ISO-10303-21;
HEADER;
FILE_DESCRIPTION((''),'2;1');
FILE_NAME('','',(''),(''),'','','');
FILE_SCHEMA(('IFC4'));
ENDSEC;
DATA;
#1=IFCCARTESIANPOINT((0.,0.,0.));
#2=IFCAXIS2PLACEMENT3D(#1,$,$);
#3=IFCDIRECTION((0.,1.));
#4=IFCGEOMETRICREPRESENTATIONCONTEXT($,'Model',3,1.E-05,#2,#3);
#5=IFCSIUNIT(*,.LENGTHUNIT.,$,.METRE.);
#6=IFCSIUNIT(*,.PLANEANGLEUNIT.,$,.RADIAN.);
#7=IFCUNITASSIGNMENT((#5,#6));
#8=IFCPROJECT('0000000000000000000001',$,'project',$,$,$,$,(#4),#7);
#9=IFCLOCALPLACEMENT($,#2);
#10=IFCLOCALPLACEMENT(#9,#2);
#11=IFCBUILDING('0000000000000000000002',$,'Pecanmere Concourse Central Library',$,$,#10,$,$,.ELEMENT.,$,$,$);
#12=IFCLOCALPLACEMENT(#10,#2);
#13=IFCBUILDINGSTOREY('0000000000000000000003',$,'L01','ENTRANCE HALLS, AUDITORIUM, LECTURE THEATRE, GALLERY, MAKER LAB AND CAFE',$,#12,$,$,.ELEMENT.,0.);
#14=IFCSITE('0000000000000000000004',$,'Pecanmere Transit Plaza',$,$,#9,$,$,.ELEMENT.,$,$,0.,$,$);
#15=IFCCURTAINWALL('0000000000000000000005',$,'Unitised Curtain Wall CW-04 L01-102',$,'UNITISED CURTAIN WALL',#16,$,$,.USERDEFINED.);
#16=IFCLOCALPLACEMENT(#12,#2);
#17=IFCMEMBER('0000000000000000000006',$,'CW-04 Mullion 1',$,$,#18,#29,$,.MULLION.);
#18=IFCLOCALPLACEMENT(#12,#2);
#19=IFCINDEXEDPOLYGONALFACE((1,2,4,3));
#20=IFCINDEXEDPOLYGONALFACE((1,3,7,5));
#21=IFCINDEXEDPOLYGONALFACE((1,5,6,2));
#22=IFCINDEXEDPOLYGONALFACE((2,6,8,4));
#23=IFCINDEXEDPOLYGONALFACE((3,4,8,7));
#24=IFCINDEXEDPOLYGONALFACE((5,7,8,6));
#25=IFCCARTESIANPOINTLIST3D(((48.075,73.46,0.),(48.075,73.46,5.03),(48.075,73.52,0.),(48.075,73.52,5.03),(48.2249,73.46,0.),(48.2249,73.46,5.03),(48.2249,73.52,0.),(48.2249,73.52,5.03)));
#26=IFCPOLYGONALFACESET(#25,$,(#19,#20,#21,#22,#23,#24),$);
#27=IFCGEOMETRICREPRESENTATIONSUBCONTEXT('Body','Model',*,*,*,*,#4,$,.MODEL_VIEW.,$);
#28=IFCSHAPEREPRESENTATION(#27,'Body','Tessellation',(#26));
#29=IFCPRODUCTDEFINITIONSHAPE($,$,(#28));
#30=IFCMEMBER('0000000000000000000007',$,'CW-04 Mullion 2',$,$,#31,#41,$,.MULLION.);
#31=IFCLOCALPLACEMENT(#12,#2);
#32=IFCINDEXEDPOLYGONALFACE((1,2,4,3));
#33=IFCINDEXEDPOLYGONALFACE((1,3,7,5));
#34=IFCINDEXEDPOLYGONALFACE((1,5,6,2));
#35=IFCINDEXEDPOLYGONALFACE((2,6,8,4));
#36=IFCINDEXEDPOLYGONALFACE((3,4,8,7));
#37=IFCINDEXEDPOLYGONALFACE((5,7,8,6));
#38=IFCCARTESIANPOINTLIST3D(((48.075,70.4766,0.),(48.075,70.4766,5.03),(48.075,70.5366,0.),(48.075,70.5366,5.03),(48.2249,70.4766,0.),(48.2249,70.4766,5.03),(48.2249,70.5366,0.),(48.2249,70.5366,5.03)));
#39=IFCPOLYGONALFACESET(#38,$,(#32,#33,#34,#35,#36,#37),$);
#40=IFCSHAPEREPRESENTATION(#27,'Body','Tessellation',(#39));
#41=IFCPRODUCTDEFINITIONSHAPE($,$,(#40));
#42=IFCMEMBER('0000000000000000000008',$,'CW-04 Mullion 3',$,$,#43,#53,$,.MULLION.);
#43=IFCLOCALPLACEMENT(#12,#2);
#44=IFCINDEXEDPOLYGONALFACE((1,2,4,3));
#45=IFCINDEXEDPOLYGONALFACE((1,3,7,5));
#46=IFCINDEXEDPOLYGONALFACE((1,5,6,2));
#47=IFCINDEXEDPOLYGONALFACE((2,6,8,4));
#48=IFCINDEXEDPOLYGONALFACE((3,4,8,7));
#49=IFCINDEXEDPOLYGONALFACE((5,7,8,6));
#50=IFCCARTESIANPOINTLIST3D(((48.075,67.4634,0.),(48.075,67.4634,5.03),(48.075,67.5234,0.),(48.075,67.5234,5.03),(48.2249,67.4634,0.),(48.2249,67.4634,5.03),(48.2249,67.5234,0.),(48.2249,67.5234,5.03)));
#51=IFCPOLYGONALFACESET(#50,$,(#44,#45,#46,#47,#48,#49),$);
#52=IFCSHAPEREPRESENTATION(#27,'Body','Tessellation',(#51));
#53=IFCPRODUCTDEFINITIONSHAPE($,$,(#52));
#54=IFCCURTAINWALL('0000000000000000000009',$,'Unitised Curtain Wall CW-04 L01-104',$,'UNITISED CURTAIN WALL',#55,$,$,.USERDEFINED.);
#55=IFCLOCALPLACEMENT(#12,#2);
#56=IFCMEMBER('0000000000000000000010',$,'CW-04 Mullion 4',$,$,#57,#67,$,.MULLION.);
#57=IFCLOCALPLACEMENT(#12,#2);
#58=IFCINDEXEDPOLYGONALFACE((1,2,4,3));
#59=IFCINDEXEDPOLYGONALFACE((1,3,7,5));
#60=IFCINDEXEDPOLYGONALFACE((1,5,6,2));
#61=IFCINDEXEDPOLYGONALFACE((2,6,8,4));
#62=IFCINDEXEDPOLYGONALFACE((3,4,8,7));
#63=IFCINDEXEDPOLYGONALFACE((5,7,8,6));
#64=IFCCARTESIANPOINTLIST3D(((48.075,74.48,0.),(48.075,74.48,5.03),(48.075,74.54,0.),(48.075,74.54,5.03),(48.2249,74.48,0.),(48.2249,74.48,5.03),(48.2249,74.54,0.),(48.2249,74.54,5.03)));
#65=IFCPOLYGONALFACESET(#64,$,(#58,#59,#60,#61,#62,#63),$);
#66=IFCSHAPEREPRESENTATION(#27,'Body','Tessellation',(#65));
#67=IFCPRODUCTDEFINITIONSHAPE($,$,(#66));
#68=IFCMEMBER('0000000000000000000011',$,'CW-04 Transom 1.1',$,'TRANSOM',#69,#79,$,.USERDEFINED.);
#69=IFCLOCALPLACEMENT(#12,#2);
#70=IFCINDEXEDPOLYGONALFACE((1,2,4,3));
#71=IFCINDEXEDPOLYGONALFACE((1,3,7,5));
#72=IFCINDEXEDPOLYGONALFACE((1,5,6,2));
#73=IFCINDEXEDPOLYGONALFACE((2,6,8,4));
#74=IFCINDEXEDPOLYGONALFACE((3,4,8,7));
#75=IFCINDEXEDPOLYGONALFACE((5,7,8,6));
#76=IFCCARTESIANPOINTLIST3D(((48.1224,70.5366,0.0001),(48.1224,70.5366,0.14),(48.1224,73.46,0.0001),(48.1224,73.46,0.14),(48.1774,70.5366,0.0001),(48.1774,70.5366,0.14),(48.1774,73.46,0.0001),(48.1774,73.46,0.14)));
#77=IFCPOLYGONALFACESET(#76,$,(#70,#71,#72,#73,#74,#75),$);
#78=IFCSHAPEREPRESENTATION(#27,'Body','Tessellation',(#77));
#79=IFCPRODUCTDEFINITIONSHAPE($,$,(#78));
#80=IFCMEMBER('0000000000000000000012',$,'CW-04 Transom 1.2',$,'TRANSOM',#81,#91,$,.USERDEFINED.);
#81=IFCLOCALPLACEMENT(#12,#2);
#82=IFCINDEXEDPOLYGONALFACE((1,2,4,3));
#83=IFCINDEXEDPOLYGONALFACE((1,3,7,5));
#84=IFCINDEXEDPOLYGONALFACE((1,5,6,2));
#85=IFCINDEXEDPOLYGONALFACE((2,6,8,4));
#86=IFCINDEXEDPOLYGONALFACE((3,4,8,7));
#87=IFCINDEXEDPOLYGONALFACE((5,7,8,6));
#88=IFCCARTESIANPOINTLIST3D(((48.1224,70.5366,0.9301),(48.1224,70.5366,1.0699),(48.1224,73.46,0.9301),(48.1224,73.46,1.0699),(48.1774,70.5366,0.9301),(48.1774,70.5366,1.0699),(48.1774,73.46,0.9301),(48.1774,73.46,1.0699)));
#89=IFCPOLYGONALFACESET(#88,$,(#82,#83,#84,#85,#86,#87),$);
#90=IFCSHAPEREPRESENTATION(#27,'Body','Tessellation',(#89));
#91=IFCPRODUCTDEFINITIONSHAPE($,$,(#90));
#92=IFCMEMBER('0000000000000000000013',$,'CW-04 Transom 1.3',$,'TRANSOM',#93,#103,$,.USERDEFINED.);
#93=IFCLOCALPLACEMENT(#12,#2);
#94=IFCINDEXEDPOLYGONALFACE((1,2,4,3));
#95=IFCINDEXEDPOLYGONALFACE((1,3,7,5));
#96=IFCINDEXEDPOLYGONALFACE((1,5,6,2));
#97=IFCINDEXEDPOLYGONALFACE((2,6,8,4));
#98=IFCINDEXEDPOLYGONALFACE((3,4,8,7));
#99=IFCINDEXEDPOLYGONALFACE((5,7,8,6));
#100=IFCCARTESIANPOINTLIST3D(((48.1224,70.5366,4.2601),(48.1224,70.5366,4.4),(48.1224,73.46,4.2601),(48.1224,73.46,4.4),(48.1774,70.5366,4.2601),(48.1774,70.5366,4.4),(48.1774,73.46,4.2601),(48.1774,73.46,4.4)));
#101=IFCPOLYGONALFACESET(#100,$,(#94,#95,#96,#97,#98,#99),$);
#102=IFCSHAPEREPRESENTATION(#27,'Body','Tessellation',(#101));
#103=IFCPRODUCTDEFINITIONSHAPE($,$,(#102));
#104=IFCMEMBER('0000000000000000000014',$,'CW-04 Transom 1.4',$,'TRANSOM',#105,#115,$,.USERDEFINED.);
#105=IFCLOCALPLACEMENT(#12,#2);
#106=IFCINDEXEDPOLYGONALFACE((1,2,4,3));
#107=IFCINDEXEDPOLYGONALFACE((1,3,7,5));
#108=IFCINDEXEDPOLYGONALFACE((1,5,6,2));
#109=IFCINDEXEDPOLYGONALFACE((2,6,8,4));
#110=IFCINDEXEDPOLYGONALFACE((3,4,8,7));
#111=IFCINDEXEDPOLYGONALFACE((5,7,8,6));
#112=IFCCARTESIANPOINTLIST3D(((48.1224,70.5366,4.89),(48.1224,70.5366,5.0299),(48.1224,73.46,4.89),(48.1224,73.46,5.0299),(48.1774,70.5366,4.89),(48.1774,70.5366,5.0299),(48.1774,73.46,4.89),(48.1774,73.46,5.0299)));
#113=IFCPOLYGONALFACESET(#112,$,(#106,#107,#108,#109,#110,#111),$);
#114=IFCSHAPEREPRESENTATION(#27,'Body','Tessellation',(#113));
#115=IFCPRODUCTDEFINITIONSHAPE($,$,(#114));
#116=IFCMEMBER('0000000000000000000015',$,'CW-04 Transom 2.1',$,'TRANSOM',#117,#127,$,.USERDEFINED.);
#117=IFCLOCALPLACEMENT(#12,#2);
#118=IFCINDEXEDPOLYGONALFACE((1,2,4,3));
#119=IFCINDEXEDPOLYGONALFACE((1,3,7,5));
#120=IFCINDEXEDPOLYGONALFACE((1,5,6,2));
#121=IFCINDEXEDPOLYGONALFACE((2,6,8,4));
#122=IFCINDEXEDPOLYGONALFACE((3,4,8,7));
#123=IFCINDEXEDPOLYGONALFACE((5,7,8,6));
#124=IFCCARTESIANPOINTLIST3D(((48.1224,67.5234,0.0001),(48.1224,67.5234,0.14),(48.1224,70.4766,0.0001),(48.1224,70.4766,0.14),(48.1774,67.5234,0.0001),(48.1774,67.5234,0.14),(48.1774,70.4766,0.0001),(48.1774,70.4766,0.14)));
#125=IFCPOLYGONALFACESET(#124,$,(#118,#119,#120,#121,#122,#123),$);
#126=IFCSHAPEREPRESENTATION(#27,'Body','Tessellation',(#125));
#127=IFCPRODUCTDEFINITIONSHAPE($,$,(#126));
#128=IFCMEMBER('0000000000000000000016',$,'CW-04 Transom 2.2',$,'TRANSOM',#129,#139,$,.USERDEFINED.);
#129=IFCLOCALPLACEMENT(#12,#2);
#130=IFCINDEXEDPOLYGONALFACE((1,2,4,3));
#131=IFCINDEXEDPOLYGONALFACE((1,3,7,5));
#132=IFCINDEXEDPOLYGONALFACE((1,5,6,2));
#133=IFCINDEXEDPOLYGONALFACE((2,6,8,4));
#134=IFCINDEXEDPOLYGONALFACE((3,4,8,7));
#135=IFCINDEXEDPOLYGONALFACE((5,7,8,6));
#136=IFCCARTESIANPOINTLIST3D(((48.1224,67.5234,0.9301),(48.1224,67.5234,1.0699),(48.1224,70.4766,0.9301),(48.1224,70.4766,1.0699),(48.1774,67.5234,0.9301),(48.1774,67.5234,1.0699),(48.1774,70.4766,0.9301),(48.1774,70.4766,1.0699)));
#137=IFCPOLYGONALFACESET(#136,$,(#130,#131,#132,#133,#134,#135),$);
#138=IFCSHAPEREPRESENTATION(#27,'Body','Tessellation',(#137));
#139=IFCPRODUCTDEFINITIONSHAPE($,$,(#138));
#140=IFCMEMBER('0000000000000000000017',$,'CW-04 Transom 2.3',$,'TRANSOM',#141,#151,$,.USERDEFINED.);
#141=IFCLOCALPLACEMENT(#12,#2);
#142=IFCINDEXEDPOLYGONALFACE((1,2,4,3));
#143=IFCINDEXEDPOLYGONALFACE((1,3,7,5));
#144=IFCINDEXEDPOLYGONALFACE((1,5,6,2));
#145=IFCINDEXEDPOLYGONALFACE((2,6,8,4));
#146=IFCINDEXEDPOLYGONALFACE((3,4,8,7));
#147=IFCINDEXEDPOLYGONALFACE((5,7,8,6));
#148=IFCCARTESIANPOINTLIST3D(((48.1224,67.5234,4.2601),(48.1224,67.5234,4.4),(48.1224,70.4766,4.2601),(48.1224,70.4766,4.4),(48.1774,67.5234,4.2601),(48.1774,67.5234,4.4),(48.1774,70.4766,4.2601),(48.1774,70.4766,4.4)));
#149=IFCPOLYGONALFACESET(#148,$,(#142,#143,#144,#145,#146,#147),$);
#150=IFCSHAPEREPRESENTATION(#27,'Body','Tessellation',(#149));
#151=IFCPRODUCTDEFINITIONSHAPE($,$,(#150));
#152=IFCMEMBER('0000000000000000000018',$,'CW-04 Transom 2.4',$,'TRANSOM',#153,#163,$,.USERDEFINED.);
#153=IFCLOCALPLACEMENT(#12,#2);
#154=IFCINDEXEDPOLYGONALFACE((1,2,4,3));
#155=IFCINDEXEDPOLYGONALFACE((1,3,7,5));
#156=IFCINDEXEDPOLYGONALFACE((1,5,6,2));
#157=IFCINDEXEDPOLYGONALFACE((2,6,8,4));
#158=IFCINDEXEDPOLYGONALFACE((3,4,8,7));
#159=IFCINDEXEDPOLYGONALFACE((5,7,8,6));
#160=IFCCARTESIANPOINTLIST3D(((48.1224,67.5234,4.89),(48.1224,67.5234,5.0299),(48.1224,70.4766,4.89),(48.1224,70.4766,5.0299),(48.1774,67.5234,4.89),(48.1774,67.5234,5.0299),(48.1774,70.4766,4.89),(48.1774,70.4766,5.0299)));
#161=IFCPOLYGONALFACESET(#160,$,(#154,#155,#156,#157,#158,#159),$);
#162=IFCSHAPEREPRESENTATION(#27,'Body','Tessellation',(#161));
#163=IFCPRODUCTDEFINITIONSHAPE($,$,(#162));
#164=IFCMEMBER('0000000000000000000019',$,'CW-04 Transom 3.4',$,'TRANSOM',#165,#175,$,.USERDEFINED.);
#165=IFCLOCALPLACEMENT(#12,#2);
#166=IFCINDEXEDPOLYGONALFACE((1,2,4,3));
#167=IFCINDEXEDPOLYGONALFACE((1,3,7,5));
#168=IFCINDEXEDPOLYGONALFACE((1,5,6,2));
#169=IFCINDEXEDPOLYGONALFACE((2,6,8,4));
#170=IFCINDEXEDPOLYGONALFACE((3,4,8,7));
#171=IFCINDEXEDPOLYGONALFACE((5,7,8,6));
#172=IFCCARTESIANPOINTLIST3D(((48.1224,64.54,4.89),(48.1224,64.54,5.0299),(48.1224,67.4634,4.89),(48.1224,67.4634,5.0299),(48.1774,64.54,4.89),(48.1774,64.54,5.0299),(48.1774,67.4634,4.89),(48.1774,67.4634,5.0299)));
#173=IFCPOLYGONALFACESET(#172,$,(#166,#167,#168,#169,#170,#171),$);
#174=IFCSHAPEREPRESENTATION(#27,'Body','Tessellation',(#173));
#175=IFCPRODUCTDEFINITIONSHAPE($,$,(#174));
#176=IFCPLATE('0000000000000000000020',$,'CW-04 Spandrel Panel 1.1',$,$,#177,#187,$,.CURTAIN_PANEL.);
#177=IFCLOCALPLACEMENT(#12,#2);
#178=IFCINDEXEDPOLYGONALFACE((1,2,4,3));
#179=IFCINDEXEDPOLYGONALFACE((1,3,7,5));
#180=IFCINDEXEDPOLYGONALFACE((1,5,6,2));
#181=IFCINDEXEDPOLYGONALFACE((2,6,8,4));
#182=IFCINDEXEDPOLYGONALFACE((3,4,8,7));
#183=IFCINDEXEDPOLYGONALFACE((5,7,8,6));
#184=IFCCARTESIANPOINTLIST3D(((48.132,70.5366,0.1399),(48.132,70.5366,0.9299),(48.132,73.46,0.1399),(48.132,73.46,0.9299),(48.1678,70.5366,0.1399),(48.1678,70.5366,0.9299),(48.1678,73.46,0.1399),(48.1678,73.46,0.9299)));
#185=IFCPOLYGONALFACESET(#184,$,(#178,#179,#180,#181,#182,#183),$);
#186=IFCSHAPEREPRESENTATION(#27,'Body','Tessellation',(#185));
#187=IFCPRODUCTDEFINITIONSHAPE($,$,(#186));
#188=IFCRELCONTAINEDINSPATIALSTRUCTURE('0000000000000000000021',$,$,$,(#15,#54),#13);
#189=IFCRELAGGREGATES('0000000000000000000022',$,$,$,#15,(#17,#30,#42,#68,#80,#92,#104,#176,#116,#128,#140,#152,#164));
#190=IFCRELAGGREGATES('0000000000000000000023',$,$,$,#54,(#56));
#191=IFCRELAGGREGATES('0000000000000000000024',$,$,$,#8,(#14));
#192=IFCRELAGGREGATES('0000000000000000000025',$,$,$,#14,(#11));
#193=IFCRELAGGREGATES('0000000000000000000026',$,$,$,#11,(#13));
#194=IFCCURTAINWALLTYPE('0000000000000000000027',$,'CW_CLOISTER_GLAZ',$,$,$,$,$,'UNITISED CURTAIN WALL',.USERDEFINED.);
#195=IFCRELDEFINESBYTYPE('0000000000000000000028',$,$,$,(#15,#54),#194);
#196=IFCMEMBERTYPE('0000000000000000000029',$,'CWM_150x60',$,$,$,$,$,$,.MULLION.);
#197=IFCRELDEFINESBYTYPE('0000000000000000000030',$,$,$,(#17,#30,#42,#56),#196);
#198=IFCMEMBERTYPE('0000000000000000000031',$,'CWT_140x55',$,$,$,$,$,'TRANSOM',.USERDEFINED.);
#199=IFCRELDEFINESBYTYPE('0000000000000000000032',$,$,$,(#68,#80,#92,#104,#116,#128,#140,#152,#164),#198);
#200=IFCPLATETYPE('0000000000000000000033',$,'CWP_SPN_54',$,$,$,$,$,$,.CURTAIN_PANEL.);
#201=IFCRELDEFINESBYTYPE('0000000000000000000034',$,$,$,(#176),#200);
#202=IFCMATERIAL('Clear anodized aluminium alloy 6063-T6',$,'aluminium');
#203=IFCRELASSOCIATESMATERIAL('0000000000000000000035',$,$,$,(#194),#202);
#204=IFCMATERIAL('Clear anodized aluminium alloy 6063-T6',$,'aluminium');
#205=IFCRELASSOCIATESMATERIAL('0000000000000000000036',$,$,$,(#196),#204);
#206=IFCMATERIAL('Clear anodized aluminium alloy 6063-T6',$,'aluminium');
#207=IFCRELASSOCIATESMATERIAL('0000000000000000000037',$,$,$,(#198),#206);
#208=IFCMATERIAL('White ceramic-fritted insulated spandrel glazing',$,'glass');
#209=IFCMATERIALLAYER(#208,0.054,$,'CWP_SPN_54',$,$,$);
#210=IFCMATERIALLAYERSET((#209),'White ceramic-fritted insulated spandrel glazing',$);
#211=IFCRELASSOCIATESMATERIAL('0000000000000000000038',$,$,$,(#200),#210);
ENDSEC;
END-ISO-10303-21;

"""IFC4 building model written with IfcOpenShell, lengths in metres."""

from ifc_helpers import new_model, si_unit, direction, frame, origin, origin_2d, place, context, subcontext, project, spatial, rectangle, extrude, material, layer, layer_set, material_profile, profile_set, type_object, element, aggregate, save


model = new_model("IFC4")

# Units and contexts
model_context = context("Model", 3, precision=1e-05, world=origin(), true_north=direction((0.0, 1.0)))
body_context = subcontext(model_context, "Body", "Model", "MODEL_VIEW")
ifc_project = project(units=[si_unit("LENGTHUNIT", "METRE"), si_unit("PLANEANGLEUNIT", "RADIAN")], contexts=[model_context])

# Site, building, storey
site_placement = place(None, origin())
site = spatial("IfcSite", under=ifc_project, at=site_placement, Name="Pecanmere Transit Plaza", CompositionType="ELEMENT", RefElevation=0.0)
building_placement = place(site_placement, origin())
building = spatial("IfcBuilding", under=site, at=building_placement, Name="Pecanmere Concourse Central Library", CompositionType="ELEMENT")
storey_placement = place(building_placement, origin())
storey = spatial("IfcBuildingStorey", under=building, at=storey_placement, Name="L01", Description="ENTRANCE HALLS, AUDITORIUM, LECTURE THEATRE, GALLERY, MAKER LAB AND CAFE", CompositionType="ELEMENT", Elevation=0.0)

# Curtain wall, members
ifc_material_1 = material(Name="Clear anodized aluminium alloy 6063-T6", Category="aluminium")
curtain_wall_type = type_object("IfcCurtainWallType", Name="CW_CLOISTER_GLAZ", ElementType="UNITISED CURTAIN WALL", PredefinedType="USERDEFINED", material=ifc_material_1)
curtain_wall_1_placement = place(storey_placement, origin())
curtain_wall_1 = element("IfcCurtainWall", 1, at=curtain_wall_1_placement, inside=storey, type_object=curtain_wall_type, Name="Unitised Curtain Wall CW-04 L01-102", ObjectType="UNITISED CURTAIN WALL", PredefinedType="USERDEFINED")
ifc_material_2 = material(Name="Clear anodized aluminium alloy 6063-T6", Category="aluminium")
ifc_material_profile_1 = material_profile(ifc_material_2, rectangle(XDim=0.0601, YDim=0.1499, at=origin_2d()), Name="AL 60x150")
ifc_profile_set_1 = profile_set([ifc_material_profile_1], Name="Clear anodized aluminium alloy 6063-T6")
member_type_1 = type_object("IfcMemberType", Name="CWM_150x60", PredefinedType="MULLION", material=ifc_profile_set_1)
member_1_placement = place(storey_placement, frame((48.1499, 73.49, 0.0), z_axis=(0.0, 0.0, 1.0), x_axis=(0.0, -1.0, 0.0)))
member_1 = element("IfcMember", 2, at=member_1_placement, type_object=member_type_1, Name="CW-04 Mullion 1", PredefinedType="MULLION", context=body_context, shape_type="SweptSolid", body=[
    extrude(rectangle(XDim=0.0601, YDim=0.1499, at=origin_2d()), origin(), (0.0, 0.0, 1.0), 5.03),
])
member_2_placement = place(storey_placement, frame((48.1499, 70.5066, 0.0), z_axis=(0.0, 0.0, 1.0), x_axis=(0.0, -1.0, 0.0)))
member_2 = element("IfcMember", 3, at=member_2_placement, type_object=member_type_1, Name="CW-04 Mullion 2", PredefinedType="MULLION", context=body_context, shape_type="SweptSolid", body=[
    extrude(rectangle(XDim=0.0601, YDim=0.1499, at=origin_2d()), origin(), (0.0, 0.0, 1.0), 5.03),
])
member_3_placement = place(storey_placement, frame((48.1499, 67.4934, 0.0), z_axis=(0.0, 0.0, 1.0), x_axis=(0.0, -1.0, 0.0)))
member_3 = element("IfcMember", 4, at=member_3_placement, type_object=member_type_1, Name="CW-04 Mullion 3", PredefinedType="MULLION", context=body_context, shape_type="SweptSolid", body=[
    extrude(rectangle(XDim=0.0601, YDim=0.1499, at=origin_2d()), origin(), (0.0, 0.0, 1.0), 5.03),
])

# Curtain wall, member
curtain_wall_2_placement = place(storey_placement, origin())
curtain_wall_2 = element("IfcCurtainWall", 5, at=curtain_wall_2_placement, inside=storey, type_object=curtain_wall_type, Name="Unitised Curtain Wall CW-04 L01-104", ObjectType="UNITISED CURTAIN WALL", PredefinedType="USERDEFINED")
member_4_placement = place(storey_placement, frame((48.1499, 74.51, 0.0), z_axis=(0.0, 0.0, 1.0), x_axis=(0.0, -1.0, 0.0)))
member_4 = element("IfcMember", 6, at=member_4_placement, type_object=member_type_1, Name="CW-04 Mullion 4", PredefinedType="MULLION", context=body_context, shape_type="SweptSolid", body=[
    extrude(rectangle(XDim=0.0601, YDim=0.1499, at=origin_2d()), origin(), (0.0, 0.0, 1.0), 5.03),
])

# Members
ifc_material_3 = material(Name="Clear anodized aluminium alloy 6063-T6", Category="aluminium")
ifc_material_profile_2 = material_profile(ifc_material_3, rectangle(XDim=0.0549, YDim=0.1399, at=origin_2d()), Name="AL 55x140")
ifc_profile_set_2 = profile_set([ifc_material_profile_2], Name="Clear anodized aluminium alloy 6063-T6")
member_type_2 = type_object("IfcMemberType", Name="CWT_140x55", ElementType="TRANSOM", PredefinedType="USERDEFINED", material=ifc_profile_set_2)
member_5_placement = place(storey_placement, frame((48.1499, 73.46, 0.0701), z_axis=(0.0, -1.0, 0.0), x_axis=(1.0, 0.0, 0.0)))
member_5 = element("IfcMember", 7, at=member_5_placement, type_object=member_type_2, Name="CW-04 Transom 1.1", ObjectType="TRANSOM", PredefinedType="USERDEFINED", context=body_context, shape_type="SweptSolid", body=[
    extrude(rectangle(XDim=0.0549, YDim=0.1399, at=origin_2d()), origin(), (0.0, 0.0, 1.0), 2.9233),
])
member_6_placement = place(storey_placement, frame((48.1499, 73.46, 1.0), z_axis=(0.0, -1.0, 0.0), x_axis=(1.0, 0.0, 0.0)))
member_6 = element("IfcMember", 8, at=member_6_placement, type_object=member_type_2, Name="CW-04 Transom 1.2", ObjectType="TRANSOM", PredefinedType="USERDEFINED", context=body_context, shape_type="SweptSolid", body=[
    extrude(rectangle(XDim=0.0549, YDim=0.1399, at=origin_2d()), origin(), (0.0, 0.0, 1.0), 2.9233),
])
member_7_placement = place(storey_placement, frame((48.1499, 73.46, 4.3301), z_axis=(0.0, -1.0, 0.0), x_axis=(1.0, 0.0, 0.0)))
member_7 = element("IfcMember", 9, at=member_7_placement, type_object=member_type_2, Name="CW-04 Transom 1.3", ObjectType="TRANSOM", PredefinedType="USERDEFINED", context=body_context, shape_type="SweptSolid", body=[
    extrude(rectangle(XDim=0.0549, YDim=0.1399, at=origin_2d()), origin(), (0.0, 0.0, 1.0), 2.9233),
])
member_8_placement = place(storey_placement, frame((48.1499, 73.46, 4.96), z_axis=(0.0, -1.0, 0.0), x_axis=(1.0, 0.0, 0.0)))
member_8 = element("IfcMember", 10, at=member_8_placement, type_object=member_type_2, Name="CW-04 Transom 1.4", ObjectType="TRANSOM", PredefinedType="USERDEFINED", context=body_context, shape_type="SweptSolid", body=[
    extrude(rectangle(XDim=0.0549, YDim=0.1399, at=origin_2d()), origin(), (0.0, 0.0, 1.0), 2.9233),
])
member_9_placement = place(storey_placement, frame((48.1499, 70.4766, 0.0701), z_axis=(0.0, -1.0, 0.0), x_axis=(1.0, 0.0, 0.0)))
member_9 = element("IfcMember", 11, at=member_9_placement, type_object=member_type_2, Name="CW-04 Transom 2.1", ObjectType="TRANSOM", PredefinedType="USERDEFINED", context=body_context, shape_type="SweptSolid", body=[
    extrude(rectangle(XDim=0.0549, YDim=0.1399, at=origin_2d()), origin(), (0.0, 0.0, 1.0), 2.9531),
])
member_10_placement = place(storey_placement, frame((48.1499, 70.4766, 1.0), z_axis=(0.0, -1.0, 0.0), x_axis=(1.0, 0.0, 0.0)))
member_10 = element("IfcMember", 12, at=member_10_placement, type_object=member_type_2, Name="CW-04 Transom 2.2", ObjectType="TRANSOM", PredefinedType="USERDEFINED", context=body_context, shape_type="SweptSolid", body=[
    extrude(rectangle(XDim=0.0549, YDim=0.1399, at=origin_2d()), origin(), (0.0, 0.0, 1.0), 2.9531),
])
member_11_placement = place(storey_placement, frame((48.1499, 70.4766, 4.3301), z_axis=(0.0, -1.0, 0.0), x_axis=(1.0, 0.0, 0.0)))
member_11 = element("IfcMember", 13, at=member_11_placement, type_object=member_type_2, Name="CW-04 Transom 2.3", ObjectType="TRANSOM", PredefinedType="USERDEFINED", context=body_context, shape_type="SweptSolid", body=[
    extrude(rectangle(XDim=0.0549, YDim=0.1399, at=origin_2d()), origin(), (0.0, 0.0, 1.0), 2.9531),
])
member_12_placement = place(storey_placement, frame((48.1499, 70.4766, 4.96), z_axis=(0.0, -1.0, 0.0), x_axis=(1.0, 0.0, 0.0)))
member_12 = element("IfcMember", 14, at=member_12_placement, type_object=member_type_2, Name="CW-04 Transom 2.4", ObjectType="TRANSOM", PredefinedType="USERDEFINED", context=body_context, shape_type="SweptSolid", body=[
    extrude(rectangle(XDim=0.0549, YDim=0.1399, at=origin_2d()), origin(), (0.0, 0.0, 1.0), 2.9531),
])
member_13_placement = place(storey_placement, frame((48.1499, 67.4634, 4.96), z_axis=(0.0, -1.0, 0.0), x_axis=(1.0, 0.0, 0.0)))
member_13 = element("IfcMember", 15, at=member_13_placement, type_object=member_type_2, Name="CW-04 Transom 3.4", ObjectType="TRANSOM", PredefinedType="USERDEFINED", context=body_context, shape_type="SweptSolid", body=[
    extrude(rectangle(XDim=0.0549, YDim=0.1399, at=origin_2d()), origin(), (0.0, 0.0, 1.0), 2.9233),
])

# Plate
ifc_material_4 = material(Name="White ceramic-fritted insulated spandrel glazing", Category="glass")
ifc_layer_1 = layer(ifc_material_4, 0.054, Name="CWP_SPN_54")
ifc_layer_set_1 = layer_set([ifc_layer_1], Name="White ceramic-fritted insulated spandrel glazing")
plate_type_1 = type_object("IfcPlateType", Name="CWP_SPN_54", PredefinedType="CURTAIN_PANEL", material=ifc_layer_set_1)
plate_1_placement = place(storey_placement, frame((48.1499, 71.9983, 0.1399), z_axis=(0.0, 0.0, 1.0), x_axis=(0.0, -1.0, 0.0)))
plate_1 = element("IfcPlate", 16, at=plate_1_placement, type_object=plate_type_1, Name="CW-04 Spandrel Panel 1.1", PredefinedType="CURTAIN_PANEL", context=body_context, shape_type="SweptSolid", body=[
    extrude(rectangle(XDim=2.9233, YDim=0.0359, at=origin_2d()), origin(), (0.0, 0.0, 1.0), 0.79),
])
aggregate(curtain_wall_1, [member_1, member_2, member_3, member_5, member_6, member_7, member_8, plate_1, member_9, member_10, member_11, member_12, member_13])
aggregate(curtain_wall_2, [member_4])

save(model, "model.ifc")
